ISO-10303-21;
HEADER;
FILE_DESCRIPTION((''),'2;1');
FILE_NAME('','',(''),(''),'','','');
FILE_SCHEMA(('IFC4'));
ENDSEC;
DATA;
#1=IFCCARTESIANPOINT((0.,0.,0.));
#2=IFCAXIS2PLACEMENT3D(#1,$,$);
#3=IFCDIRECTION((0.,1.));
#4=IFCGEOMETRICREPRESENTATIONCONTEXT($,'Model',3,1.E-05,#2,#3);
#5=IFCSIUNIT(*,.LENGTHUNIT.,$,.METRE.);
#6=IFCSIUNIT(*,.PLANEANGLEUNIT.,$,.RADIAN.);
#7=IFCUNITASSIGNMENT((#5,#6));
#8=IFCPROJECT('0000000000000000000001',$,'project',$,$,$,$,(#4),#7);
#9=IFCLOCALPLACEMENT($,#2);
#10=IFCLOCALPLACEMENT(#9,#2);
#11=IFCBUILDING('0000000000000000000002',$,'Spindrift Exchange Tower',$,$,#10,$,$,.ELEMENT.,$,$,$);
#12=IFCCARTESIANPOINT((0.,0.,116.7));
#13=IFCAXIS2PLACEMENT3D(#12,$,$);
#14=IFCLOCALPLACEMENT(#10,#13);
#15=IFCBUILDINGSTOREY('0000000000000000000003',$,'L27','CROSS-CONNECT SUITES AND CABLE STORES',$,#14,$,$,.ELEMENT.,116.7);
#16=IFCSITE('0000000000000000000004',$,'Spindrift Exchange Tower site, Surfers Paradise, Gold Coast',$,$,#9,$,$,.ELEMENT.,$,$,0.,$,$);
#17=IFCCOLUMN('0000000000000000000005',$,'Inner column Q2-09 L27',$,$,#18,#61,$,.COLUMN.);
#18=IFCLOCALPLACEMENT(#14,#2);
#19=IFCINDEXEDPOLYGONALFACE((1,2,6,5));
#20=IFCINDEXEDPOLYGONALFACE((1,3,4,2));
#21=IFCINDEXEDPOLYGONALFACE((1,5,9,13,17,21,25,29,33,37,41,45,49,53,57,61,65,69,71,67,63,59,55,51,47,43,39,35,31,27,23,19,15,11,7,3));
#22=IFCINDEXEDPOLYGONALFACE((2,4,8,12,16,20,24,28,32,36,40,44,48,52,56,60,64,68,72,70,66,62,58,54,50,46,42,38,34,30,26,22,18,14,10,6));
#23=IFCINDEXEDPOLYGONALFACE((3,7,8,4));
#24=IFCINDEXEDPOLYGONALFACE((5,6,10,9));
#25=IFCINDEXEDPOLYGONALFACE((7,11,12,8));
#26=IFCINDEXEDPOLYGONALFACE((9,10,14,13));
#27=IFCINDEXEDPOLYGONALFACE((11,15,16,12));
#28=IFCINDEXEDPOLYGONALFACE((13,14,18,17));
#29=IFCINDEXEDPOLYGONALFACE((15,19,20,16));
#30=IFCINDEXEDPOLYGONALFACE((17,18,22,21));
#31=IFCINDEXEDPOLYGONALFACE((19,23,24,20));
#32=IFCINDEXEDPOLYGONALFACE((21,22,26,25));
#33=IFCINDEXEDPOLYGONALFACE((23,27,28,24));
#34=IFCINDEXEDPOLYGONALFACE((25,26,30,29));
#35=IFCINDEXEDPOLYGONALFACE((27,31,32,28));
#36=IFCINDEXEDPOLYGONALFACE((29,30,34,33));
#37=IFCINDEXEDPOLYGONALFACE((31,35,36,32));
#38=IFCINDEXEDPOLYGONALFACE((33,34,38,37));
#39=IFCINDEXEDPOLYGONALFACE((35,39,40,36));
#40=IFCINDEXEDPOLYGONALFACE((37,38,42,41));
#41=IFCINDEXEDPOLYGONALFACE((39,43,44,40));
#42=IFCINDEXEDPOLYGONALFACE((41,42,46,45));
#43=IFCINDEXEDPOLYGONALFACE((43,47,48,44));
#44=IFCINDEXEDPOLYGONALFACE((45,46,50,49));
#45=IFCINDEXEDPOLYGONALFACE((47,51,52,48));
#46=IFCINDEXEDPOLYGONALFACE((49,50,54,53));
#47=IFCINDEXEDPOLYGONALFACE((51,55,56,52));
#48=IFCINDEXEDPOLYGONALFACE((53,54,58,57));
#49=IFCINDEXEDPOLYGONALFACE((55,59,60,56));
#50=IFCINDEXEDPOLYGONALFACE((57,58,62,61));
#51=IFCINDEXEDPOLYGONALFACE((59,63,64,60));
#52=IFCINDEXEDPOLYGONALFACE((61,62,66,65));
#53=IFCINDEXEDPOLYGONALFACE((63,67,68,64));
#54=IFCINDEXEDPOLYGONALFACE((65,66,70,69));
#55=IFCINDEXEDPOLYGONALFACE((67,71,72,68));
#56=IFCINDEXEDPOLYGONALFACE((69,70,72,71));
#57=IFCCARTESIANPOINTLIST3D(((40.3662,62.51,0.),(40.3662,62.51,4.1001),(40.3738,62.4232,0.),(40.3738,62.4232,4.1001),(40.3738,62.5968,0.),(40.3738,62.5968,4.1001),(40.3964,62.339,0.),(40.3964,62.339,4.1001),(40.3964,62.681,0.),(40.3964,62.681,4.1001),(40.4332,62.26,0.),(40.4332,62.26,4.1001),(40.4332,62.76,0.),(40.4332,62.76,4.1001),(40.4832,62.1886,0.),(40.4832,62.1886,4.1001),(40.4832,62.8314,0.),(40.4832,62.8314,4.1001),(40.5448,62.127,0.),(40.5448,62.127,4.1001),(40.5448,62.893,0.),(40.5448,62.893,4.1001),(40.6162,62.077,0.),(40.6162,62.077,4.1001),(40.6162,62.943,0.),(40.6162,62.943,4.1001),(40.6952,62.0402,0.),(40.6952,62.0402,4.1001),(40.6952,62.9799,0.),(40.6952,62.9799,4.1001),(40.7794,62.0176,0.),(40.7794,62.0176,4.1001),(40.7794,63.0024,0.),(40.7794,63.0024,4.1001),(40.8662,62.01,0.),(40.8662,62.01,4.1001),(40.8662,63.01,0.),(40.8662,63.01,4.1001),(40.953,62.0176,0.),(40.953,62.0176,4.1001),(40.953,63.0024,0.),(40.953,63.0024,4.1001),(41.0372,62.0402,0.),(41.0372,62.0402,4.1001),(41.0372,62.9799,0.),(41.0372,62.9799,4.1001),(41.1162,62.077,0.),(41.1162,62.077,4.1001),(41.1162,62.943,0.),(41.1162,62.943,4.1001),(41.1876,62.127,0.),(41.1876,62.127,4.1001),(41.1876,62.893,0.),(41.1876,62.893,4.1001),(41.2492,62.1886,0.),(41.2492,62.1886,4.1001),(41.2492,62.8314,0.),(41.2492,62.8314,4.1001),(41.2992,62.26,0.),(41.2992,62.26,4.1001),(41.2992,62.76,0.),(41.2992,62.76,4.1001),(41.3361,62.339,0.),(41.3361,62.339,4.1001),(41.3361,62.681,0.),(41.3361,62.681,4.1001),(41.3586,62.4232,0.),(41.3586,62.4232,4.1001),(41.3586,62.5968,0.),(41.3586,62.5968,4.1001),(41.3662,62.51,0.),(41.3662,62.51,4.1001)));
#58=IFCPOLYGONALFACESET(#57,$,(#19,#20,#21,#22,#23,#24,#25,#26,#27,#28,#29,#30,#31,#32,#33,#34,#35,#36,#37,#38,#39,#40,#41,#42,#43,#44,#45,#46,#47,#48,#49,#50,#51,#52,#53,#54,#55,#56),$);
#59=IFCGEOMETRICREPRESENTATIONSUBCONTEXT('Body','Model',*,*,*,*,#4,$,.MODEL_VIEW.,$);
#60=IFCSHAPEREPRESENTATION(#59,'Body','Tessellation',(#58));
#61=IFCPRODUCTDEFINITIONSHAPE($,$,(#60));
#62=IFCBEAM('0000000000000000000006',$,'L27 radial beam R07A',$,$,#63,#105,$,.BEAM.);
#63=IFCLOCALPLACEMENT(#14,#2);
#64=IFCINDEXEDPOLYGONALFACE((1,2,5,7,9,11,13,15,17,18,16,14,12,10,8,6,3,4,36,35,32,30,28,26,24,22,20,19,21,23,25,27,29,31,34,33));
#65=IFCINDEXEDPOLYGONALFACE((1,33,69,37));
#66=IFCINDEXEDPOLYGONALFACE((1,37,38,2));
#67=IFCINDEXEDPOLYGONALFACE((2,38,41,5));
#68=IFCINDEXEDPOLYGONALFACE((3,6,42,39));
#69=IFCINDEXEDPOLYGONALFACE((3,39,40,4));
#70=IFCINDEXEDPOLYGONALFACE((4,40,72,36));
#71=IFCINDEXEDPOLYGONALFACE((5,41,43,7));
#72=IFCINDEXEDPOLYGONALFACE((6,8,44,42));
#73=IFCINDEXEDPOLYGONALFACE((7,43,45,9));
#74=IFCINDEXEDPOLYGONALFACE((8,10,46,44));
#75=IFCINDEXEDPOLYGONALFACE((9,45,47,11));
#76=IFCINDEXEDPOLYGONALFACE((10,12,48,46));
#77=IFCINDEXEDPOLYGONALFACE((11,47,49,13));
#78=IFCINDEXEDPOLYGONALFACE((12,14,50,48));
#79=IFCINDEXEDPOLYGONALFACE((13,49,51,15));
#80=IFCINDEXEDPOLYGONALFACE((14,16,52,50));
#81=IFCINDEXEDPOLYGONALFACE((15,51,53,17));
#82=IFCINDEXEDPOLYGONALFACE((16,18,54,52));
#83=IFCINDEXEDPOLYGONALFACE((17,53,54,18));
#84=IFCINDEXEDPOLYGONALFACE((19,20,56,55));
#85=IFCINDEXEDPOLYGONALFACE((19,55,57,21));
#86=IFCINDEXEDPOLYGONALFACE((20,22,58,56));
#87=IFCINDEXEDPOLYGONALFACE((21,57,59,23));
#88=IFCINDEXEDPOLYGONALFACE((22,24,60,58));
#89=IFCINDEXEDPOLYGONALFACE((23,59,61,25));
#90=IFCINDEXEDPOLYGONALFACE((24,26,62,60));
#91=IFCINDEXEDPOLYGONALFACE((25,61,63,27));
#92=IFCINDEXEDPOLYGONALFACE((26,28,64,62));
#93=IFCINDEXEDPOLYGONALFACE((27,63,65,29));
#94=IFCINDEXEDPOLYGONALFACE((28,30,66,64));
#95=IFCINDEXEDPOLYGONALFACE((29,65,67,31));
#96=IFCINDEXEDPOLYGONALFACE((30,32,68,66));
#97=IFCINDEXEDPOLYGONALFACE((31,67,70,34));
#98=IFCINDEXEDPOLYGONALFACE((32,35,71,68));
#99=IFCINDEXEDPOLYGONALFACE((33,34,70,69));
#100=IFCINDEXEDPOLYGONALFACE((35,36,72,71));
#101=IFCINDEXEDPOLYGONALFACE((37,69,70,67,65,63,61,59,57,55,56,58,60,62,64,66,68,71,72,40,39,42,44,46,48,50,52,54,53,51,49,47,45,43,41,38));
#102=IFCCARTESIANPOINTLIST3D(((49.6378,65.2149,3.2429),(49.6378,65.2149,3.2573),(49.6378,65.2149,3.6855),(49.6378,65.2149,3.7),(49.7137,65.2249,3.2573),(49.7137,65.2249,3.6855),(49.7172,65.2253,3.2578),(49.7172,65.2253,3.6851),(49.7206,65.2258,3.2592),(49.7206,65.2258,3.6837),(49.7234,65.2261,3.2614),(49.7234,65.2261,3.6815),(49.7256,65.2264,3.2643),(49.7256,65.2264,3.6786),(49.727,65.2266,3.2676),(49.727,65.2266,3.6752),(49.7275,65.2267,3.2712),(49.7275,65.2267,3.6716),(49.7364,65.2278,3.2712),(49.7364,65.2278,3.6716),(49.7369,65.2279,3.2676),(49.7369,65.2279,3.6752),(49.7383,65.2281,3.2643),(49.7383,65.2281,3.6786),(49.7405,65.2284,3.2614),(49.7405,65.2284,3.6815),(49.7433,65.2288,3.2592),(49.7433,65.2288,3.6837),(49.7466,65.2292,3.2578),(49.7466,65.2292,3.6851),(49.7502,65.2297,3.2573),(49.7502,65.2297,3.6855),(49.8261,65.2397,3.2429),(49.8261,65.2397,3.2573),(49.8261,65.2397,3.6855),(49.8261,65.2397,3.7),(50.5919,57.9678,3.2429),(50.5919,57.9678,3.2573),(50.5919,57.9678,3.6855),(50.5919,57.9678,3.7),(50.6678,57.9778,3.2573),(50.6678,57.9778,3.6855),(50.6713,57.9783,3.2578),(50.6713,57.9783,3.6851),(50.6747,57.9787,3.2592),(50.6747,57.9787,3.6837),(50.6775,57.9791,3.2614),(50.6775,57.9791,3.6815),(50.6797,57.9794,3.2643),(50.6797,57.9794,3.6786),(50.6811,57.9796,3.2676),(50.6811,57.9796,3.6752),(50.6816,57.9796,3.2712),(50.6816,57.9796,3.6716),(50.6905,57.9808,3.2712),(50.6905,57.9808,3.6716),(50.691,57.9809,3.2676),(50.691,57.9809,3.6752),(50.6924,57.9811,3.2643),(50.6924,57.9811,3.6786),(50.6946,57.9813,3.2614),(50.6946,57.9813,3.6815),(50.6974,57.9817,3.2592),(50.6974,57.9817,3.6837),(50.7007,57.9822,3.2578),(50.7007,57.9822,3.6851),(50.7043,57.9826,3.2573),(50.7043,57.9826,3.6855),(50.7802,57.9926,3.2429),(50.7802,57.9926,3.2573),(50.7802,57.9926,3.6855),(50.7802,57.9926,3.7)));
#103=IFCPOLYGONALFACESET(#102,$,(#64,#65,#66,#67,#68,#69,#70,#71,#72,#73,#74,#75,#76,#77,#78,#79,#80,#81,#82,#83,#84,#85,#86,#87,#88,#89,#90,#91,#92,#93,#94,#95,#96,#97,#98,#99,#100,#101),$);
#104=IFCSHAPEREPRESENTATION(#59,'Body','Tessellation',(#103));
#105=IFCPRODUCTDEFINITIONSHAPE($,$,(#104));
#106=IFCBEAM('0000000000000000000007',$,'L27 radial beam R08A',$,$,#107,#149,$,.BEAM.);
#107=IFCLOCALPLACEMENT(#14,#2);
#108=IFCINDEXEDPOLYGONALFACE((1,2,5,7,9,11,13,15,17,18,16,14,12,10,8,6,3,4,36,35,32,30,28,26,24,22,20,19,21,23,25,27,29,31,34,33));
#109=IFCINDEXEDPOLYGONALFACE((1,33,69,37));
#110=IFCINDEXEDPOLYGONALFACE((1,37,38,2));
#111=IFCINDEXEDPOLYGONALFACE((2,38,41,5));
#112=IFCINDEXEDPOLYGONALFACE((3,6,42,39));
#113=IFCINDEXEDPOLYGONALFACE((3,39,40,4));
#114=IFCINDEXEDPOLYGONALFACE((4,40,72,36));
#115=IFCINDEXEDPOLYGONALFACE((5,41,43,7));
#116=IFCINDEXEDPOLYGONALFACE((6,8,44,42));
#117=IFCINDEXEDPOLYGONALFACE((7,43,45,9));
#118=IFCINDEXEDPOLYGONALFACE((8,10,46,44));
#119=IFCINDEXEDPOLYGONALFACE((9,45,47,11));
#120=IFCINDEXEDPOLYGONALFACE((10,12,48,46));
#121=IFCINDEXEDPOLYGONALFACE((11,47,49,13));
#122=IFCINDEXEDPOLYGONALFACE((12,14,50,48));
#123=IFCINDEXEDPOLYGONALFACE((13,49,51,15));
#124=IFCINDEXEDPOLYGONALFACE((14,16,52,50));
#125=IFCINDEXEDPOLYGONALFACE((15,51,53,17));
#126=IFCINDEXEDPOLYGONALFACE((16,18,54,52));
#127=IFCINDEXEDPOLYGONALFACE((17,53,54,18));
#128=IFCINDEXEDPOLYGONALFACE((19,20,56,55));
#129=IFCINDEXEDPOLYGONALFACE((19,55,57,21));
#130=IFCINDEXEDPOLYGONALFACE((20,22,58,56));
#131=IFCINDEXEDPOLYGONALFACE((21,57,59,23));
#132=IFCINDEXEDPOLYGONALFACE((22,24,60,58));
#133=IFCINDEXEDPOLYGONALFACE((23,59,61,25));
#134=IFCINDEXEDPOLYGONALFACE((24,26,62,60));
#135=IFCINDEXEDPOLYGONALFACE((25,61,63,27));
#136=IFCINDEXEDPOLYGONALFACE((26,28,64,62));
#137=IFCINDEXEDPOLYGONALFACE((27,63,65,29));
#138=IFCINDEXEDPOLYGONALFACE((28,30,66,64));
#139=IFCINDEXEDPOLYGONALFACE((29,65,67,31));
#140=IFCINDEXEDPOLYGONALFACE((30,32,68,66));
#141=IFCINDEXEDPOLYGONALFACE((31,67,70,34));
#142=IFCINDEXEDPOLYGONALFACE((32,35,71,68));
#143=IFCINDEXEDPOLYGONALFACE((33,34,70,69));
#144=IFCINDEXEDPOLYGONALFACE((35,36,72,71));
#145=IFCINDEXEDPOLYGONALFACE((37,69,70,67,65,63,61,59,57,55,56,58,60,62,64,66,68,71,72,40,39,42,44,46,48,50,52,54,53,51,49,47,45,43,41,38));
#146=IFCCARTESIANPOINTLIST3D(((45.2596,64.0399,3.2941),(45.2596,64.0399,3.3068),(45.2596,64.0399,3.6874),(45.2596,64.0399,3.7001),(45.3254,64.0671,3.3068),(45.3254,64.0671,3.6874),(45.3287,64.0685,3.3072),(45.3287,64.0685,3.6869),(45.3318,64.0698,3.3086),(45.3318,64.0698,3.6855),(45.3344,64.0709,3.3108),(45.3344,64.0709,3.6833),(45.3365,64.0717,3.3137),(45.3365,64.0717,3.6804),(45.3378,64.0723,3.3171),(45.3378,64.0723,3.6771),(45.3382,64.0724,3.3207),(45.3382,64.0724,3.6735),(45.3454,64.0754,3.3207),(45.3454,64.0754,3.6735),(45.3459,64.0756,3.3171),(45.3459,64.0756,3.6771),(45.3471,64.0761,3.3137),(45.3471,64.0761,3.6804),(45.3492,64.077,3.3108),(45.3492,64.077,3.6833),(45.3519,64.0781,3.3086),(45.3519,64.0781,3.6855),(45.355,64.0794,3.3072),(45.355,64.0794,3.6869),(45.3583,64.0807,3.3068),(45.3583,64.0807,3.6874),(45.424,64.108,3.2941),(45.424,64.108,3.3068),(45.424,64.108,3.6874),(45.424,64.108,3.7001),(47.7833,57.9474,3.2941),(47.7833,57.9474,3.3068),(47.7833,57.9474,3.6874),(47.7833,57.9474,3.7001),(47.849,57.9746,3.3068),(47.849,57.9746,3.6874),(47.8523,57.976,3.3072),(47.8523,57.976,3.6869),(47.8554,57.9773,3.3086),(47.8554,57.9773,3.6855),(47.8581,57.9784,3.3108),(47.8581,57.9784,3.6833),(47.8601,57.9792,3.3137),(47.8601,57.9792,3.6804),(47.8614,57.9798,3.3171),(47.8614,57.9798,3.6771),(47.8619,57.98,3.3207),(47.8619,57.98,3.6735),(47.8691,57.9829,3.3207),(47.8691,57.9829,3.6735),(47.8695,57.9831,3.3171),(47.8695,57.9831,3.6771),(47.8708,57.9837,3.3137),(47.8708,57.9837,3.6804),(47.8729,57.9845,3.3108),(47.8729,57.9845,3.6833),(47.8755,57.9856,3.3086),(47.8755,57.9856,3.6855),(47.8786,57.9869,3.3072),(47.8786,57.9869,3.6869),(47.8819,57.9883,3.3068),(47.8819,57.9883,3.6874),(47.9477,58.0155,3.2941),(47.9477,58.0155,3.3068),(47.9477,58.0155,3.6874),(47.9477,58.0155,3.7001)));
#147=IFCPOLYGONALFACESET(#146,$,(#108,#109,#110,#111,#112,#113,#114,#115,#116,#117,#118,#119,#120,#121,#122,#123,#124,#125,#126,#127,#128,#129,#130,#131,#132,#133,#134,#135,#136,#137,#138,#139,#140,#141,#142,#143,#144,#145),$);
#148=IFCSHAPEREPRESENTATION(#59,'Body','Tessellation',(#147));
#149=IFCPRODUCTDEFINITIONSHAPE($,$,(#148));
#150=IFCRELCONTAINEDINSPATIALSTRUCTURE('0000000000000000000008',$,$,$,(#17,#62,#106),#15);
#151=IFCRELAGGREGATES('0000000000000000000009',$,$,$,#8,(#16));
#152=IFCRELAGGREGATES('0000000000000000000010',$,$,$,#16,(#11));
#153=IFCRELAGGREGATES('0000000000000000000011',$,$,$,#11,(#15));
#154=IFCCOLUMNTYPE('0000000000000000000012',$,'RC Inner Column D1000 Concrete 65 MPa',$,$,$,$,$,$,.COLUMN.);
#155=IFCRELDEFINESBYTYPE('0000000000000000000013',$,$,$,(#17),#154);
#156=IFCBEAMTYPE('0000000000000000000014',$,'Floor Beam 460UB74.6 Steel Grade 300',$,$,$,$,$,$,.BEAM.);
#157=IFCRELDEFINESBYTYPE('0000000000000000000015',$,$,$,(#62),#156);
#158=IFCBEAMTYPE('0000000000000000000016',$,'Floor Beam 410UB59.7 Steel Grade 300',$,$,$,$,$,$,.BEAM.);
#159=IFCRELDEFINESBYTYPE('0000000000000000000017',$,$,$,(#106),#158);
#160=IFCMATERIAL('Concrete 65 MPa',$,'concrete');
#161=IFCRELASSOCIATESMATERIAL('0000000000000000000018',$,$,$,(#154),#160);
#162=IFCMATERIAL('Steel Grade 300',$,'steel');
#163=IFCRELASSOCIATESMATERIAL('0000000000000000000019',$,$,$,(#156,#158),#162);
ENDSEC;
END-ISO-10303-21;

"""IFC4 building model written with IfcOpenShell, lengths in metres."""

from ifc_helpers import new_model, si_unit, direction, frame, origin, origin_2d, place, context, subcontext, project, spatial, circle, i_section, extrude, source, transform, mapped, material, material_profile, profile_set, type_object, element, save


model = new_model("IFC4")

# Units and contexts
model_context = context("Model", 3, precision=1e-05, world=origin(), true_north=direction((0.0, 1.0)))
body_context = subcontext(model_context, "Body", "Model", "MODEL_VIEW")
ifc_project = project(units=[si_unit("LENGTHUNIT", "METRE"), si_unit("PLANEANGLEUNIT", "RADIAN")], contexts=[model_context])

# Site, building, storey
site_placement = place(None, origin())
site = spatial("IfcSite", under=ifc_project, at=site_placement, Name="Spindrift Exchange Tower site, Surfers Paradise, Gold Coast", CompositionType="ELEMENT", RefElevation=0.0)
building_placement = place(site_placement, origin())
building = spatial("IfcBuilding", under=site, at=building_placement, Name="Spindrift Exchange Tower", CompositionType="ELEMENT")
storey_placement = place(building_placement, frame((0.0, 0.0, 116.7)))
storey = spatial("IfcBuildingStorey", under=building, at=storey_placement, Name="L27", Description="CROSS-CONNECT SUITES AND CABLE STORES", CompositionType="ELEMENT", Elevation=116.7)

# Column
ifc_material_1 = material(Name="Concrete 65 MPa", Category="concrete")
ifc_material_profile_1 = material_profile(ifc_material_1, circle(Radius=0.5, at=origin_2d()), Name="RC D1000")
ifc_profile_set_1 = profile_set([ifc_material_profile_1], Name="Concrete 65 MPa")
column_type = type_object("IfcColumnType", Name="RC Inner Column D1000 Concrete 65 MPa", PredefinedType="COLUMN", material=ifc_profile_set_1)
shared_shape_1 = source(origin(), body_context, "Body", "SweptSolid", [
    extrude(circle(Radius=0.5, at=origin_2d()), origin(), (0.0, 0.0, 1.0), 4.1001),
])
column_placement = place(storey_placement, frame((40.8662, 62.51, 0.0), z_axis=(0.0, 0.0, 1.0), x_axis=(1.0, 0.0, 0.0)))
element("IfcColumn", 1, at=column_placement, inside=storey, type_object=column_type, Name="Inner column Q2-09 L27", PredefinedType="COLUMN", context=body_context, shape_type="MappedRepresentation", body=[
    mapped(shared_shape_1, transform((0.0, 0.0, 0.0), scale=1.0)),
])

# Beams
ifc_material_2 = material(Name="Steel Grade 300", Category="steel")
ifc_material_profile_2 = material_profile(ifc_material_2, i_section(OverallWidth=0.1899, OverallDepth=0.457, WebThickness=0.009, FlangeThickness=0.0144, FilletRadius=0.0139, at=origin_2d()), Name="460UB74.6")
ifc_profile_set_2 = profile_set([ifc_material_profile_2], Name="Steel Grade 300")
beam_type_1 = type_object("IfcBeamType", Name="Floor Beam 460UB74.6 Steel Grade 300", PredefinedType="BEAM", material=ifc_profile_set_2)
shared_shape_2 = source(origin(), body_context, "Body", "SweptSolid", [
    extrude(i_section(OverallWidth=0.1899, OverallDepth=0.457, WebThickness=0.009, FlangeThickness=0.0144, FilletRadius=0.0139, at=origin_2d()), origin(), (0.0, 0.0, 1.0), 7.3096),
])
beam_1_placement = place(storey_placement, frame((50.686, 57.9802, 3.4714), z_axis=(-0.130527, 0.991445, 0.0), x_axis=(-0.991445, -0.130527, 0.0)))
element("IfcBeam", 2, at=beam_1_placement, inside=storey, type_object=beam_type_1, Name="L27 radial beam R07A", PredefinedType="BEAM", context=body_context, shape_type="MappedRepresentation", body=[
    mapped(shared_shape_2, transform((0.0, 0.0, 0.0), scale=1.0)),
])
ifc_material_profile_3 = material_profile(ifc_material_2, i_section(OverallWidth=0.178, OverallDepth=0.406, WebThickness=0.0078, FlangeThickness=0.0127, FilletRadius=0.0139, at=origin_2d()), Name="410UB59.7")
ifc_profile_set_3 = profile_set([ifc_material_profile_3], Name="Steel Grade 300")
beam_type_2 = type_object("IfcBeamType", Name="Floor Beam 410UB59.7 Steel Grade 300", PredefinedType="BEAM", material=ifc_profile_set_3)
shared_shape_3 = source(origin(), body_context, "Body", "SweptSolid", [
    extrude(i_section(OverallWidth=0.178, OverallDepth=0.406, WebThickness=0.0078, FlangeThickness=0.0127, FilletRadius=0.0139, at=origin_2d()), origin(), (0.0, 0.0, 1.0), 6.5945),
])
beam_2_placement = place(storey_placement, frame((47.8655, 57.9814, 3.4971), z_axis=(-0.382693, 0.923876, 0.0), x_axis=(-0.923876, -0.382693, 0.0)))
element("IfcBeam", 3, at=beam_2_placement, inside=storey, type_object=beam_type_2, Name="L27 radial beam R08A", PredefinedType="BEAM", context=body_context, shape_type="MappedRepresentation", body=[
    mapped(shared_shape_3, transform((0.0, 0.0, 0.0), scale=1.0)),
])

save(model, "model.ifc")
